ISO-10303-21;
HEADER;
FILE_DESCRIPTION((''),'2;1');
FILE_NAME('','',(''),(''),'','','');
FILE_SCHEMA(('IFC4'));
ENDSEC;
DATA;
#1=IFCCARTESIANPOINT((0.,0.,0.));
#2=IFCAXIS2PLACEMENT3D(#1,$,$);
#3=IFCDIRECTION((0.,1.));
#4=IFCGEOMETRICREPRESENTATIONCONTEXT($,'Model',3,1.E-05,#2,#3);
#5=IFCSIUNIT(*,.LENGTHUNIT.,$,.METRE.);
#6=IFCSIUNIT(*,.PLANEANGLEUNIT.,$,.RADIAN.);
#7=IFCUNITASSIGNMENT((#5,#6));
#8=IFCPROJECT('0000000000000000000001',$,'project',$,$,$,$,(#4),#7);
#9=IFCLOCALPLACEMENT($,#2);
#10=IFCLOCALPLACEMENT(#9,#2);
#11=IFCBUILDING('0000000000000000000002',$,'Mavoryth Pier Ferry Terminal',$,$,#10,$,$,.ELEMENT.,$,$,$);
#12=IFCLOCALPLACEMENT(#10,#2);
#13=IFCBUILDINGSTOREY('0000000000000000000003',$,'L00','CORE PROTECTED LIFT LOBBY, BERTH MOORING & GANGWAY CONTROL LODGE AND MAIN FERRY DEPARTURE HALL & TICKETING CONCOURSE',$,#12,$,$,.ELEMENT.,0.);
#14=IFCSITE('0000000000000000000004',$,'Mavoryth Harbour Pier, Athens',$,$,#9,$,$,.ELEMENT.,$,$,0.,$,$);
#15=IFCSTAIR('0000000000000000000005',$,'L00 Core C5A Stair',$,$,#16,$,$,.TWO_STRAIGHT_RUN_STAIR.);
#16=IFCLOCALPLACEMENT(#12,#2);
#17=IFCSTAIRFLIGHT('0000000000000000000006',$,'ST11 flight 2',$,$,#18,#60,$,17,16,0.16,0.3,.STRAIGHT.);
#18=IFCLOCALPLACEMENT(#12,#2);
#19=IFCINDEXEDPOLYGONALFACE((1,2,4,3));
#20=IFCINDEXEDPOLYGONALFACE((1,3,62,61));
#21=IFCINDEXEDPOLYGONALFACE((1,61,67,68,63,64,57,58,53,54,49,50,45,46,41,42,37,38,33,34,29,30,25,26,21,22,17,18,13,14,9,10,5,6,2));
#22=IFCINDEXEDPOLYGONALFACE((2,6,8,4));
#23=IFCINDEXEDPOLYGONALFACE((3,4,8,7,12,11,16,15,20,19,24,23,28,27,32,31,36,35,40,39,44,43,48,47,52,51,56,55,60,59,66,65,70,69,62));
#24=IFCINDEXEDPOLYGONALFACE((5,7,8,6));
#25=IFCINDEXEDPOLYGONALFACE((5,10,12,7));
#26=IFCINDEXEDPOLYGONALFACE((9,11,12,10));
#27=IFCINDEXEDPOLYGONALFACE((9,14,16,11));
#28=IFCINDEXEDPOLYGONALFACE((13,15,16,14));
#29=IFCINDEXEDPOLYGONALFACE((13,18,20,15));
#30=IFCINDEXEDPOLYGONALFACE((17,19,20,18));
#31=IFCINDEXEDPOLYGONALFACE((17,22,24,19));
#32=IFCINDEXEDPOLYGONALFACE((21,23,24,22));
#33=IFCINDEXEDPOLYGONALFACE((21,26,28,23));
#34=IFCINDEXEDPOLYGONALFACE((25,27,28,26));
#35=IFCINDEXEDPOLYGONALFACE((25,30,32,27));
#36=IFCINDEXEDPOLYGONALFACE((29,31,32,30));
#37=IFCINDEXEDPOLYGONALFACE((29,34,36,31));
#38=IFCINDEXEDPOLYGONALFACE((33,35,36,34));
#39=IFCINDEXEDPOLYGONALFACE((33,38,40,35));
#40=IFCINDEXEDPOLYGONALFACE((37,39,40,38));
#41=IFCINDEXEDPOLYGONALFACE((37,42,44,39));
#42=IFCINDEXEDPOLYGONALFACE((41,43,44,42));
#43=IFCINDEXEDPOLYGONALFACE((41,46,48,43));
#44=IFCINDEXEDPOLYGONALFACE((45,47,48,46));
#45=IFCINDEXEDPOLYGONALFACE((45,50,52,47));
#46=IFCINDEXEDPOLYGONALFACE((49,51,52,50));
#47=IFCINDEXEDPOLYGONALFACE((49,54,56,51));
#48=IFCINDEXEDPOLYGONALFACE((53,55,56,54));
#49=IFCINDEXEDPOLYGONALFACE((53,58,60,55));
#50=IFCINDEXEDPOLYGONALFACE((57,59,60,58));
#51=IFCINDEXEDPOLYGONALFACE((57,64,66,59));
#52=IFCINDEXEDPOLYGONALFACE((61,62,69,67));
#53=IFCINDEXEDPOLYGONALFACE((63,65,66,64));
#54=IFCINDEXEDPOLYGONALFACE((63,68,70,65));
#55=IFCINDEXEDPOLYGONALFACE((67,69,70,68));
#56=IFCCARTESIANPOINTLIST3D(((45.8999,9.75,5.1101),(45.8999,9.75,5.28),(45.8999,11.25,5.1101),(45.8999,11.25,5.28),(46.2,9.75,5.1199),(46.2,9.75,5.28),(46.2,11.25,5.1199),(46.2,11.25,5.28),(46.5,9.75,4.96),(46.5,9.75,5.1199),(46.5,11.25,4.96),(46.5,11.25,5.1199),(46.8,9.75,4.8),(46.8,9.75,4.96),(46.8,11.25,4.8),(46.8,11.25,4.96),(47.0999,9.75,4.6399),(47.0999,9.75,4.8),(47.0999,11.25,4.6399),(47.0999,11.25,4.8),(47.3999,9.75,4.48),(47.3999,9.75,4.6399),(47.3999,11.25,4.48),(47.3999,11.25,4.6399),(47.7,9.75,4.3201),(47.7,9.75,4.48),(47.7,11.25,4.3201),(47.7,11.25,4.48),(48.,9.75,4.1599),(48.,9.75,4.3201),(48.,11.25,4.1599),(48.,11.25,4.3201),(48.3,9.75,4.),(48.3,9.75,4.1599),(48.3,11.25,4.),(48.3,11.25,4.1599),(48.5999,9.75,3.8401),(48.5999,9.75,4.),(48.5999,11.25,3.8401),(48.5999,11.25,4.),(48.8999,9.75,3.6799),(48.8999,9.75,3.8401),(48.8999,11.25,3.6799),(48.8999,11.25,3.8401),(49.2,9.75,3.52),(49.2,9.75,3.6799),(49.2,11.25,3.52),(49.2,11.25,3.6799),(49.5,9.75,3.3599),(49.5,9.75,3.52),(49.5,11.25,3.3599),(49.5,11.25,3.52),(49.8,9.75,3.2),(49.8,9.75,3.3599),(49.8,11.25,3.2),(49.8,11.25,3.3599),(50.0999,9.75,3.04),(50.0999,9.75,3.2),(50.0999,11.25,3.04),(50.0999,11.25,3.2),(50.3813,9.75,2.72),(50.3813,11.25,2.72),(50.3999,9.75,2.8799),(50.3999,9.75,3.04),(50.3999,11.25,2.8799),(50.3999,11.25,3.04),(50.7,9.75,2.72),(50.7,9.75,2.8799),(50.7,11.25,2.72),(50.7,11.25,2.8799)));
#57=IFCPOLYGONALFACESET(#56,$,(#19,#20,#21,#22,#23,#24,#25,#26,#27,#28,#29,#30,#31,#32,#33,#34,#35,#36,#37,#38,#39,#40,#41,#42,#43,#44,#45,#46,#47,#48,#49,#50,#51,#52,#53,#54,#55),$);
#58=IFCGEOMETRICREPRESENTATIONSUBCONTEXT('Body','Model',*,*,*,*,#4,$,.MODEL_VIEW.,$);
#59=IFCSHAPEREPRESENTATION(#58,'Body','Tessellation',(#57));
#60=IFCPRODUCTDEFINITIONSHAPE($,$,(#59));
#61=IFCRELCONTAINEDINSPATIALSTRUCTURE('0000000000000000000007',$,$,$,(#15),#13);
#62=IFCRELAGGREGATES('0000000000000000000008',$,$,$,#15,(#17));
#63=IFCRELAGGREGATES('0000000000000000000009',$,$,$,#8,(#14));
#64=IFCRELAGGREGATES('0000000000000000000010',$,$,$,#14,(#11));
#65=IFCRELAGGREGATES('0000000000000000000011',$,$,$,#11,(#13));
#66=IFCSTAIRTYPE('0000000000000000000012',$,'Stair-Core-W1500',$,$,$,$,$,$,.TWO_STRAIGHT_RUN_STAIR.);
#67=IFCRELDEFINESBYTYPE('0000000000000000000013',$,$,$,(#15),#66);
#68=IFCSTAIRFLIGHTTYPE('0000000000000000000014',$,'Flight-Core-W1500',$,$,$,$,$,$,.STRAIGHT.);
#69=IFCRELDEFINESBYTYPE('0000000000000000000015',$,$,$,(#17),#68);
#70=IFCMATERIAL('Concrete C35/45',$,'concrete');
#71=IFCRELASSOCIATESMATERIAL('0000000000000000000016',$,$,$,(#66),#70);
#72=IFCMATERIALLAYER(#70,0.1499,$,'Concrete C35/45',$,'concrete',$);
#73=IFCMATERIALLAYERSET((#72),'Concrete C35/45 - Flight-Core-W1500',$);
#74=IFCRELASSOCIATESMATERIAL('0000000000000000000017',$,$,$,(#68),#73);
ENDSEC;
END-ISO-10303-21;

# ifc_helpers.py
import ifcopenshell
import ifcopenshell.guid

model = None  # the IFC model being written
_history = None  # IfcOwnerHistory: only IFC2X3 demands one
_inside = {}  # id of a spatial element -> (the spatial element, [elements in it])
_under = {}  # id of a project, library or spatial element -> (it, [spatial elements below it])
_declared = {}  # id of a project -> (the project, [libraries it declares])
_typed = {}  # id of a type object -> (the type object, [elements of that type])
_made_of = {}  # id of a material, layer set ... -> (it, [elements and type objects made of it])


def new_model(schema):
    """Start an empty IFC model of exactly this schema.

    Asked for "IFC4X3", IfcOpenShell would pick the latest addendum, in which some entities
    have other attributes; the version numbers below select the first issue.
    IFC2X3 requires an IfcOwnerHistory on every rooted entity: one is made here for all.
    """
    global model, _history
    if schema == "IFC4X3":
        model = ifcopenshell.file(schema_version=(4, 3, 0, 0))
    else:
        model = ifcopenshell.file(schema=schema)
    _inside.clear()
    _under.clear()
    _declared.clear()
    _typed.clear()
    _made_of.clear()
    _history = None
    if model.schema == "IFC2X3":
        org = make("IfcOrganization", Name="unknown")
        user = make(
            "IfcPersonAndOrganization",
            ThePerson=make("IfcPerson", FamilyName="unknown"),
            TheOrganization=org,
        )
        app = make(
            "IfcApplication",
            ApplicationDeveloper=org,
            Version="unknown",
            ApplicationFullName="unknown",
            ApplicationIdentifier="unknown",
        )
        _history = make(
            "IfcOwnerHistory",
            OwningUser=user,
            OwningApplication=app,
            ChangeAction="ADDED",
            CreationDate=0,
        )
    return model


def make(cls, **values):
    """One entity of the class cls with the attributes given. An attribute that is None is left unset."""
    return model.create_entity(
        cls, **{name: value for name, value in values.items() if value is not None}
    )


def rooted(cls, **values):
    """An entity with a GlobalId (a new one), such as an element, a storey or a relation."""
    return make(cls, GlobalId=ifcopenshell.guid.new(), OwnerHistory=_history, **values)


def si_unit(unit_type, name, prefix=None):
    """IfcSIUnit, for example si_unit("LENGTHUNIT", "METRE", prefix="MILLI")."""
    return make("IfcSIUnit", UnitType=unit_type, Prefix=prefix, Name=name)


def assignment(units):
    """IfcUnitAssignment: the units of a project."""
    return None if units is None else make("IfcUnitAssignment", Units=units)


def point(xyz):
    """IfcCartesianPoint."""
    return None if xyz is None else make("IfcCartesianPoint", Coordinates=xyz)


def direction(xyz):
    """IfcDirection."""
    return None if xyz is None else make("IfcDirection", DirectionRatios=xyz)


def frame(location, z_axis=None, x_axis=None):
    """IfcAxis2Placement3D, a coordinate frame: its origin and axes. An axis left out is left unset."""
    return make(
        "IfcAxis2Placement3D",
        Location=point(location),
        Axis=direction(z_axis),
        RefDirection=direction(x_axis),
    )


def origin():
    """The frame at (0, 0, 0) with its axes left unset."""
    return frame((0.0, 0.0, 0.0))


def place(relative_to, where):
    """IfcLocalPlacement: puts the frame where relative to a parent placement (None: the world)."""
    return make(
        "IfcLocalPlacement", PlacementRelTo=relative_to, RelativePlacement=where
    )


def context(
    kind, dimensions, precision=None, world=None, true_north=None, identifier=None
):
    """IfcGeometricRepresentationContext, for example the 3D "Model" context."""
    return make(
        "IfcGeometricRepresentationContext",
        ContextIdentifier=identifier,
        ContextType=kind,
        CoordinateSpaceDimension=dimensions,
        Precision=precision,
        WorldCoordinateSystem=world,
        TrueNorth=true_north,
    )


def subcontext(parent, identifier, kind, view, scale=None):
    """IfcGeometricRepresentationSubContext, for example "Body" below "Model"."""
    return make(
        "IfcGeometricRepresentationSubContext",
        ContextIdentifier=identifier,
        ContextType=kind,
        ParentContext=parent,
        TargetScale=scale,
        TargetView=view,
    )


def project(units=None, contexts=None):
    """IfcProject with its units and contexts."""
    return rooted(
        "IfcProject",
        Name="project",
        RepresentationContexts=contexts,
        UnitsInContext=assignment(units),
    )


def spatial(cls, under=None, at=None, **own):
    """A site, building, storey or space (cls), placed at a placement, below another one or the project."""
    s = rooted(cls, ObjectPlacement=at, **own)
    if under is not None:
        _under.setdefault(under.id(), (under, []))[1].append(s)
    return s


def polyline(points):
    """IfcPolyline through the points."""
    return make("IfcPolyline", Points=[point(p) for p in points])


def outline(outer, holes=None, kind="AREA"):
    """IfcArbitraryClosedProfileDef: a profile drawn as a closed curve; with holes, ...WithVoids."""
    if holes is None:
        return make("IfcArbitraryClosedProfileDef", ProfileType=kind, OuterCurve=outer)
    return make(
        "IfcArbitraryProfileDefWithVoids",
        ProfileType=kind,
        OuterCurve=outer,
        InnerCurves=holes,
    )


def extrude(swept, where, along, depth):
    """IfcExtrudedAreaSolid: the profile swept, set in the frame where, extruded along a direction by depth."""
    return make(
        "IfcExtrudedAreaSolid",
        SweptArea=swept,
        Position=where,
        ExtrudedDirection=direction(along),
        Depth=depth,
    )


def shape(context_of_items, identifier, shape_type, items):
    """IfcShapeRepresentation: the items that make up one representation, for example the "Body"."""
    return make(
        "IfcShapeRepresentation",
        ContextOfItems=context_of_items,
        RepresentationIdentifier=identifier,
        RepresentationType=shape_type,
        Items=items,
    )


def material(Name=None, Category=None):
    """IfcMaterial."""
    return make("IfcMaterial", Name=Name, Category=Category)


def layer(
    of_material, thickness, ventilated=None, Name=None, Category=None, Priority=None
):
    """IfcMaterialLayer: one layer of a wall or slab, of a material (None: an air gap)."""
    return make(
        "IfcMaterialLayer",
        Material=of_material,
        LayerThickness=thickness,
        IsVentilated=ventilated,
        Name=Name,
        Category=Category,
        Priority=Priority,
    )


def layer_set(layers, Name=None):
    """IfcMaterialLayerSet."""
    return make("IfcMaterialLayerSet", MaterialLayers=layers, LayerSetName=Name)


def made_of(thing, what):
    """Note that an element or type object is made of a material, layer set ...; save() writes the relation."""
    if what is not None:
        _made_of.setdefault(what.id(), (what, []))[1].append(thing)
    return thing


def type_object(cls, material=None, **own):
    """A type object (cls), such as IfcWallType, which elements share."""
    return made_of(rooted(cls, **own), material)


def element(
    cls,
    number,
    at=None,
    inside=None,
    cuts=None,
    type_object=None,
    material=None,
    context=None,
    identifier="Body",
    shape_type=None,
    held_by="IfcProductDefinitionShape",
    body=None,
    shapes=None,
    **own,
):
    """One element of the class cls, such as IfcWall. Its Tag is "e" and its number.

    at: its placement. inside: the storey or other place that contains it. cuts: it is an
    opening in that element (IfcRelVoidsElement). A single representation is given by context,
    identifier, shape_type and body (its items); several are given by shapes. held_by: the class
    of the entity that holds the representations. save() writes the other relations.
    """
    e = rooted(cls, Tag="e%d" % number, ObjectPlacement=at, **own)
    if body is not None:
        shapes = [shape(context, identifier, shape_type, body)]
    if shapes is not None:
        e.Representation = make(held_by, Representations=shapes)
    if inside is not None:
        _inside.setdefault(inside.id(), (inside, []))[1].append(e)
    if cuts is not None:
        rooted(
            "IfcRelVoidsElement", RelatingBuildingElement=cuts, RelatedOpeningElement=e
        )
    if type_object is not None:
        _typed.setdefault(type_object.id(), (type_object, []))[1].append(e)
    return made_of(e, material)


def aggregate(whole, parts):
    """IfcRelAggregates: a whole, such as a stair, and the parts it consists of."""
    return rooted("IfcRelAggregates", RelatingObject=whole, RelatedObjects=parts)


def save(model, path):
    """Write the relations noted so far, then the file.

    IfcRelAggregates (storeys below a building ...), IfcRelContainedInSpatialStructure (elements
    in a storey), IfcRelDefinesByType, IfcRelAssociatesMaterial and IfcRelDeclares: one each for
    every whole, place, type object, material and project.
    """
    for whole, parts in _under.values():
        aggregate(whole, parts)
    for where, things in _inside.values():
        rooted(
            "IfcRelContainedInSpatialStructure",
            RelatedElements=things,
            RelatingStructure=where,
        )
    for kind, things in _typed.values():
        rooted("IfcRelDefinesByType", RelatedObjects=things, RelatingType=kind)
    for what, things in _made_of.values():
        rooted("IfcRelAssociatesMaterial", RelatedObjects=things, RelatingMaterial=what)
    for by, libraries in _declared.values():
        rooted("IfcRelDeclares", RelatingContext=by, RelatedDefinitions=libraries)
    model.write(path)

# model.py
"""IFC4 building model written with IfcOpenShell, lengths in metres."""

from ifc_helpers import new_model, si_unit, direction, frame, origin, place, context, subcontext, project, spatial, polyline, outline, extrude, material, layer, layer_set, type_object, element, aggregate, save


model = new_model("IFC4")

# Units and contexts
model_context = context("Model", 3, precision=1e-05, world=origin(), true_north=direction((0.0, 1.0)))
body_context = subcontext(model_context, "Body", "Model", "MODEL_VIEW")
ifc_project = project(units=[si_unit("LENGTHUNIT", "METRE"), si_unit("PLANEANGLEUNIT", "RADIAN")], contexts=[model_context])

# Site, building, storey
site_placement = place(None, origin())
site = spatial("IfcSite", under=ifc_project, at=site_placement, Name="Mavoryth Harbour Pier, Athens", CompositionType="ELEMENT", RefElevation=0.0)
building_placement = place(site_placement, origin())
building = spatial("IfcBuilding", under=site, at=building_placement, Name="Mavoryth Pier Ferry Terminal", CompositionType="ELEMENT")
storey_placement = place(building_placement, origin())
storey = spatial("IfcBuildingStorey", under=building, at=storey_placement, Name="L00", Description="CORE PROTECTED LIFT LOBBY, BERTH MOORING & GANGWAY CONTROL LODGE AND MAIN FERRY DEPARTURE HALL & TICKETING CONCOURSE", CompositionType="ELEMENT", Elevation=0.0)

# Shared definitions
ifc_material_1 = material(Name="Concrete C35/45", Category="concrete")

# Stair, stair flight
stair_type = type_object("IfcStairType", Name="Stair-Core-W1500", PredefinedType="TWO_STRAIGHT_RUN_STAIR", material=ifc_material_1)
stair_placement = place(storey_placement, origin())
stair = element("IfcStair", 1, at=stair_placement, inside=storey, type_object=stair_type, Name="L00 Core C5A Stair", PredefinedType="TWO_STRAIGHT_RUN_STAIR")
ifc_layer_1 = layer(ifc_material_1, 0.1499, Name="Concrete C35/45", Category="concrete")
ifc_layer_set_1 = layer_set([ifc_layer_1], Name="Concrete C35/45 - Flight-Core-W1500")
stair_flight_type = type_object("IfcStairFlightType", Name="Flight-Core-W1500", PredefinedType="STRAIGHT", material=ifc_layer_set_1)
stair_flight_placement = place(storey_placement, frame((50.7, 10.5, 2.72), z_axis=(0.0, 0.0, 1.0), x_axis=(-1.0, 0.0, 0.0)))
stair_flight = element("IfcStairFlight", 2, at=stair_flight_placement, type_object=stair_flight_type, Name="ST11 flight 2", NumberOfRisers=17, NumberOfTreads=16, PredefinedType="STRAIGHT", RiserHeight=0.16, TreadLength=0.3, context=body_context, shape_type="SweptSolid", body=[
    extrude(outline(polyline([(0.0, 0.0), (0.0, 0.1599), (0.3, 0.1599), (0.3, 0.3201), (0.6001, 0.3201), (0.6001, 0.48), (0.8999, 0.48), (0.8999, 0.6399), (1.2, 0.6399), (1.2, 0.8), (1.5, 0.8), (1.5, 0.96), (1.8, 0.96), (1.8, 1.1201), (2.1001, 1.1201), (2.1001, 1.28), (2.3999, 1.28), (2.3999, 1.4399), (2.7, 1.4399), (2.7, 1.6001), (3.0, 1.6001), (3.0, 1.76), (3.3, 1.76), (3.3, 1.9199), (3.6001, 1.9199), (3.6001, 2.0801), (3.8999, 2.0801), (3.8999, 2.24), (4.2, 2.24), (4.2, 2.3999), (4.5, 2.3999), (4.5, 2.5601), (4.8, 2.5601), (4.8, 2.72), (4.8, 2.3901), (0.3186, 0.0), (0.0, 0.0)])), frame((0.0, 0.75, 0.0), z_axis=(0.0, -1.0, 0.0), x_axis=(1.0, 0.0, 0.0)), (0.0, 0.0, 1.0), 1.5),
])
aggregate(stair, [stair_flight])

save(model, "model.ifc")
